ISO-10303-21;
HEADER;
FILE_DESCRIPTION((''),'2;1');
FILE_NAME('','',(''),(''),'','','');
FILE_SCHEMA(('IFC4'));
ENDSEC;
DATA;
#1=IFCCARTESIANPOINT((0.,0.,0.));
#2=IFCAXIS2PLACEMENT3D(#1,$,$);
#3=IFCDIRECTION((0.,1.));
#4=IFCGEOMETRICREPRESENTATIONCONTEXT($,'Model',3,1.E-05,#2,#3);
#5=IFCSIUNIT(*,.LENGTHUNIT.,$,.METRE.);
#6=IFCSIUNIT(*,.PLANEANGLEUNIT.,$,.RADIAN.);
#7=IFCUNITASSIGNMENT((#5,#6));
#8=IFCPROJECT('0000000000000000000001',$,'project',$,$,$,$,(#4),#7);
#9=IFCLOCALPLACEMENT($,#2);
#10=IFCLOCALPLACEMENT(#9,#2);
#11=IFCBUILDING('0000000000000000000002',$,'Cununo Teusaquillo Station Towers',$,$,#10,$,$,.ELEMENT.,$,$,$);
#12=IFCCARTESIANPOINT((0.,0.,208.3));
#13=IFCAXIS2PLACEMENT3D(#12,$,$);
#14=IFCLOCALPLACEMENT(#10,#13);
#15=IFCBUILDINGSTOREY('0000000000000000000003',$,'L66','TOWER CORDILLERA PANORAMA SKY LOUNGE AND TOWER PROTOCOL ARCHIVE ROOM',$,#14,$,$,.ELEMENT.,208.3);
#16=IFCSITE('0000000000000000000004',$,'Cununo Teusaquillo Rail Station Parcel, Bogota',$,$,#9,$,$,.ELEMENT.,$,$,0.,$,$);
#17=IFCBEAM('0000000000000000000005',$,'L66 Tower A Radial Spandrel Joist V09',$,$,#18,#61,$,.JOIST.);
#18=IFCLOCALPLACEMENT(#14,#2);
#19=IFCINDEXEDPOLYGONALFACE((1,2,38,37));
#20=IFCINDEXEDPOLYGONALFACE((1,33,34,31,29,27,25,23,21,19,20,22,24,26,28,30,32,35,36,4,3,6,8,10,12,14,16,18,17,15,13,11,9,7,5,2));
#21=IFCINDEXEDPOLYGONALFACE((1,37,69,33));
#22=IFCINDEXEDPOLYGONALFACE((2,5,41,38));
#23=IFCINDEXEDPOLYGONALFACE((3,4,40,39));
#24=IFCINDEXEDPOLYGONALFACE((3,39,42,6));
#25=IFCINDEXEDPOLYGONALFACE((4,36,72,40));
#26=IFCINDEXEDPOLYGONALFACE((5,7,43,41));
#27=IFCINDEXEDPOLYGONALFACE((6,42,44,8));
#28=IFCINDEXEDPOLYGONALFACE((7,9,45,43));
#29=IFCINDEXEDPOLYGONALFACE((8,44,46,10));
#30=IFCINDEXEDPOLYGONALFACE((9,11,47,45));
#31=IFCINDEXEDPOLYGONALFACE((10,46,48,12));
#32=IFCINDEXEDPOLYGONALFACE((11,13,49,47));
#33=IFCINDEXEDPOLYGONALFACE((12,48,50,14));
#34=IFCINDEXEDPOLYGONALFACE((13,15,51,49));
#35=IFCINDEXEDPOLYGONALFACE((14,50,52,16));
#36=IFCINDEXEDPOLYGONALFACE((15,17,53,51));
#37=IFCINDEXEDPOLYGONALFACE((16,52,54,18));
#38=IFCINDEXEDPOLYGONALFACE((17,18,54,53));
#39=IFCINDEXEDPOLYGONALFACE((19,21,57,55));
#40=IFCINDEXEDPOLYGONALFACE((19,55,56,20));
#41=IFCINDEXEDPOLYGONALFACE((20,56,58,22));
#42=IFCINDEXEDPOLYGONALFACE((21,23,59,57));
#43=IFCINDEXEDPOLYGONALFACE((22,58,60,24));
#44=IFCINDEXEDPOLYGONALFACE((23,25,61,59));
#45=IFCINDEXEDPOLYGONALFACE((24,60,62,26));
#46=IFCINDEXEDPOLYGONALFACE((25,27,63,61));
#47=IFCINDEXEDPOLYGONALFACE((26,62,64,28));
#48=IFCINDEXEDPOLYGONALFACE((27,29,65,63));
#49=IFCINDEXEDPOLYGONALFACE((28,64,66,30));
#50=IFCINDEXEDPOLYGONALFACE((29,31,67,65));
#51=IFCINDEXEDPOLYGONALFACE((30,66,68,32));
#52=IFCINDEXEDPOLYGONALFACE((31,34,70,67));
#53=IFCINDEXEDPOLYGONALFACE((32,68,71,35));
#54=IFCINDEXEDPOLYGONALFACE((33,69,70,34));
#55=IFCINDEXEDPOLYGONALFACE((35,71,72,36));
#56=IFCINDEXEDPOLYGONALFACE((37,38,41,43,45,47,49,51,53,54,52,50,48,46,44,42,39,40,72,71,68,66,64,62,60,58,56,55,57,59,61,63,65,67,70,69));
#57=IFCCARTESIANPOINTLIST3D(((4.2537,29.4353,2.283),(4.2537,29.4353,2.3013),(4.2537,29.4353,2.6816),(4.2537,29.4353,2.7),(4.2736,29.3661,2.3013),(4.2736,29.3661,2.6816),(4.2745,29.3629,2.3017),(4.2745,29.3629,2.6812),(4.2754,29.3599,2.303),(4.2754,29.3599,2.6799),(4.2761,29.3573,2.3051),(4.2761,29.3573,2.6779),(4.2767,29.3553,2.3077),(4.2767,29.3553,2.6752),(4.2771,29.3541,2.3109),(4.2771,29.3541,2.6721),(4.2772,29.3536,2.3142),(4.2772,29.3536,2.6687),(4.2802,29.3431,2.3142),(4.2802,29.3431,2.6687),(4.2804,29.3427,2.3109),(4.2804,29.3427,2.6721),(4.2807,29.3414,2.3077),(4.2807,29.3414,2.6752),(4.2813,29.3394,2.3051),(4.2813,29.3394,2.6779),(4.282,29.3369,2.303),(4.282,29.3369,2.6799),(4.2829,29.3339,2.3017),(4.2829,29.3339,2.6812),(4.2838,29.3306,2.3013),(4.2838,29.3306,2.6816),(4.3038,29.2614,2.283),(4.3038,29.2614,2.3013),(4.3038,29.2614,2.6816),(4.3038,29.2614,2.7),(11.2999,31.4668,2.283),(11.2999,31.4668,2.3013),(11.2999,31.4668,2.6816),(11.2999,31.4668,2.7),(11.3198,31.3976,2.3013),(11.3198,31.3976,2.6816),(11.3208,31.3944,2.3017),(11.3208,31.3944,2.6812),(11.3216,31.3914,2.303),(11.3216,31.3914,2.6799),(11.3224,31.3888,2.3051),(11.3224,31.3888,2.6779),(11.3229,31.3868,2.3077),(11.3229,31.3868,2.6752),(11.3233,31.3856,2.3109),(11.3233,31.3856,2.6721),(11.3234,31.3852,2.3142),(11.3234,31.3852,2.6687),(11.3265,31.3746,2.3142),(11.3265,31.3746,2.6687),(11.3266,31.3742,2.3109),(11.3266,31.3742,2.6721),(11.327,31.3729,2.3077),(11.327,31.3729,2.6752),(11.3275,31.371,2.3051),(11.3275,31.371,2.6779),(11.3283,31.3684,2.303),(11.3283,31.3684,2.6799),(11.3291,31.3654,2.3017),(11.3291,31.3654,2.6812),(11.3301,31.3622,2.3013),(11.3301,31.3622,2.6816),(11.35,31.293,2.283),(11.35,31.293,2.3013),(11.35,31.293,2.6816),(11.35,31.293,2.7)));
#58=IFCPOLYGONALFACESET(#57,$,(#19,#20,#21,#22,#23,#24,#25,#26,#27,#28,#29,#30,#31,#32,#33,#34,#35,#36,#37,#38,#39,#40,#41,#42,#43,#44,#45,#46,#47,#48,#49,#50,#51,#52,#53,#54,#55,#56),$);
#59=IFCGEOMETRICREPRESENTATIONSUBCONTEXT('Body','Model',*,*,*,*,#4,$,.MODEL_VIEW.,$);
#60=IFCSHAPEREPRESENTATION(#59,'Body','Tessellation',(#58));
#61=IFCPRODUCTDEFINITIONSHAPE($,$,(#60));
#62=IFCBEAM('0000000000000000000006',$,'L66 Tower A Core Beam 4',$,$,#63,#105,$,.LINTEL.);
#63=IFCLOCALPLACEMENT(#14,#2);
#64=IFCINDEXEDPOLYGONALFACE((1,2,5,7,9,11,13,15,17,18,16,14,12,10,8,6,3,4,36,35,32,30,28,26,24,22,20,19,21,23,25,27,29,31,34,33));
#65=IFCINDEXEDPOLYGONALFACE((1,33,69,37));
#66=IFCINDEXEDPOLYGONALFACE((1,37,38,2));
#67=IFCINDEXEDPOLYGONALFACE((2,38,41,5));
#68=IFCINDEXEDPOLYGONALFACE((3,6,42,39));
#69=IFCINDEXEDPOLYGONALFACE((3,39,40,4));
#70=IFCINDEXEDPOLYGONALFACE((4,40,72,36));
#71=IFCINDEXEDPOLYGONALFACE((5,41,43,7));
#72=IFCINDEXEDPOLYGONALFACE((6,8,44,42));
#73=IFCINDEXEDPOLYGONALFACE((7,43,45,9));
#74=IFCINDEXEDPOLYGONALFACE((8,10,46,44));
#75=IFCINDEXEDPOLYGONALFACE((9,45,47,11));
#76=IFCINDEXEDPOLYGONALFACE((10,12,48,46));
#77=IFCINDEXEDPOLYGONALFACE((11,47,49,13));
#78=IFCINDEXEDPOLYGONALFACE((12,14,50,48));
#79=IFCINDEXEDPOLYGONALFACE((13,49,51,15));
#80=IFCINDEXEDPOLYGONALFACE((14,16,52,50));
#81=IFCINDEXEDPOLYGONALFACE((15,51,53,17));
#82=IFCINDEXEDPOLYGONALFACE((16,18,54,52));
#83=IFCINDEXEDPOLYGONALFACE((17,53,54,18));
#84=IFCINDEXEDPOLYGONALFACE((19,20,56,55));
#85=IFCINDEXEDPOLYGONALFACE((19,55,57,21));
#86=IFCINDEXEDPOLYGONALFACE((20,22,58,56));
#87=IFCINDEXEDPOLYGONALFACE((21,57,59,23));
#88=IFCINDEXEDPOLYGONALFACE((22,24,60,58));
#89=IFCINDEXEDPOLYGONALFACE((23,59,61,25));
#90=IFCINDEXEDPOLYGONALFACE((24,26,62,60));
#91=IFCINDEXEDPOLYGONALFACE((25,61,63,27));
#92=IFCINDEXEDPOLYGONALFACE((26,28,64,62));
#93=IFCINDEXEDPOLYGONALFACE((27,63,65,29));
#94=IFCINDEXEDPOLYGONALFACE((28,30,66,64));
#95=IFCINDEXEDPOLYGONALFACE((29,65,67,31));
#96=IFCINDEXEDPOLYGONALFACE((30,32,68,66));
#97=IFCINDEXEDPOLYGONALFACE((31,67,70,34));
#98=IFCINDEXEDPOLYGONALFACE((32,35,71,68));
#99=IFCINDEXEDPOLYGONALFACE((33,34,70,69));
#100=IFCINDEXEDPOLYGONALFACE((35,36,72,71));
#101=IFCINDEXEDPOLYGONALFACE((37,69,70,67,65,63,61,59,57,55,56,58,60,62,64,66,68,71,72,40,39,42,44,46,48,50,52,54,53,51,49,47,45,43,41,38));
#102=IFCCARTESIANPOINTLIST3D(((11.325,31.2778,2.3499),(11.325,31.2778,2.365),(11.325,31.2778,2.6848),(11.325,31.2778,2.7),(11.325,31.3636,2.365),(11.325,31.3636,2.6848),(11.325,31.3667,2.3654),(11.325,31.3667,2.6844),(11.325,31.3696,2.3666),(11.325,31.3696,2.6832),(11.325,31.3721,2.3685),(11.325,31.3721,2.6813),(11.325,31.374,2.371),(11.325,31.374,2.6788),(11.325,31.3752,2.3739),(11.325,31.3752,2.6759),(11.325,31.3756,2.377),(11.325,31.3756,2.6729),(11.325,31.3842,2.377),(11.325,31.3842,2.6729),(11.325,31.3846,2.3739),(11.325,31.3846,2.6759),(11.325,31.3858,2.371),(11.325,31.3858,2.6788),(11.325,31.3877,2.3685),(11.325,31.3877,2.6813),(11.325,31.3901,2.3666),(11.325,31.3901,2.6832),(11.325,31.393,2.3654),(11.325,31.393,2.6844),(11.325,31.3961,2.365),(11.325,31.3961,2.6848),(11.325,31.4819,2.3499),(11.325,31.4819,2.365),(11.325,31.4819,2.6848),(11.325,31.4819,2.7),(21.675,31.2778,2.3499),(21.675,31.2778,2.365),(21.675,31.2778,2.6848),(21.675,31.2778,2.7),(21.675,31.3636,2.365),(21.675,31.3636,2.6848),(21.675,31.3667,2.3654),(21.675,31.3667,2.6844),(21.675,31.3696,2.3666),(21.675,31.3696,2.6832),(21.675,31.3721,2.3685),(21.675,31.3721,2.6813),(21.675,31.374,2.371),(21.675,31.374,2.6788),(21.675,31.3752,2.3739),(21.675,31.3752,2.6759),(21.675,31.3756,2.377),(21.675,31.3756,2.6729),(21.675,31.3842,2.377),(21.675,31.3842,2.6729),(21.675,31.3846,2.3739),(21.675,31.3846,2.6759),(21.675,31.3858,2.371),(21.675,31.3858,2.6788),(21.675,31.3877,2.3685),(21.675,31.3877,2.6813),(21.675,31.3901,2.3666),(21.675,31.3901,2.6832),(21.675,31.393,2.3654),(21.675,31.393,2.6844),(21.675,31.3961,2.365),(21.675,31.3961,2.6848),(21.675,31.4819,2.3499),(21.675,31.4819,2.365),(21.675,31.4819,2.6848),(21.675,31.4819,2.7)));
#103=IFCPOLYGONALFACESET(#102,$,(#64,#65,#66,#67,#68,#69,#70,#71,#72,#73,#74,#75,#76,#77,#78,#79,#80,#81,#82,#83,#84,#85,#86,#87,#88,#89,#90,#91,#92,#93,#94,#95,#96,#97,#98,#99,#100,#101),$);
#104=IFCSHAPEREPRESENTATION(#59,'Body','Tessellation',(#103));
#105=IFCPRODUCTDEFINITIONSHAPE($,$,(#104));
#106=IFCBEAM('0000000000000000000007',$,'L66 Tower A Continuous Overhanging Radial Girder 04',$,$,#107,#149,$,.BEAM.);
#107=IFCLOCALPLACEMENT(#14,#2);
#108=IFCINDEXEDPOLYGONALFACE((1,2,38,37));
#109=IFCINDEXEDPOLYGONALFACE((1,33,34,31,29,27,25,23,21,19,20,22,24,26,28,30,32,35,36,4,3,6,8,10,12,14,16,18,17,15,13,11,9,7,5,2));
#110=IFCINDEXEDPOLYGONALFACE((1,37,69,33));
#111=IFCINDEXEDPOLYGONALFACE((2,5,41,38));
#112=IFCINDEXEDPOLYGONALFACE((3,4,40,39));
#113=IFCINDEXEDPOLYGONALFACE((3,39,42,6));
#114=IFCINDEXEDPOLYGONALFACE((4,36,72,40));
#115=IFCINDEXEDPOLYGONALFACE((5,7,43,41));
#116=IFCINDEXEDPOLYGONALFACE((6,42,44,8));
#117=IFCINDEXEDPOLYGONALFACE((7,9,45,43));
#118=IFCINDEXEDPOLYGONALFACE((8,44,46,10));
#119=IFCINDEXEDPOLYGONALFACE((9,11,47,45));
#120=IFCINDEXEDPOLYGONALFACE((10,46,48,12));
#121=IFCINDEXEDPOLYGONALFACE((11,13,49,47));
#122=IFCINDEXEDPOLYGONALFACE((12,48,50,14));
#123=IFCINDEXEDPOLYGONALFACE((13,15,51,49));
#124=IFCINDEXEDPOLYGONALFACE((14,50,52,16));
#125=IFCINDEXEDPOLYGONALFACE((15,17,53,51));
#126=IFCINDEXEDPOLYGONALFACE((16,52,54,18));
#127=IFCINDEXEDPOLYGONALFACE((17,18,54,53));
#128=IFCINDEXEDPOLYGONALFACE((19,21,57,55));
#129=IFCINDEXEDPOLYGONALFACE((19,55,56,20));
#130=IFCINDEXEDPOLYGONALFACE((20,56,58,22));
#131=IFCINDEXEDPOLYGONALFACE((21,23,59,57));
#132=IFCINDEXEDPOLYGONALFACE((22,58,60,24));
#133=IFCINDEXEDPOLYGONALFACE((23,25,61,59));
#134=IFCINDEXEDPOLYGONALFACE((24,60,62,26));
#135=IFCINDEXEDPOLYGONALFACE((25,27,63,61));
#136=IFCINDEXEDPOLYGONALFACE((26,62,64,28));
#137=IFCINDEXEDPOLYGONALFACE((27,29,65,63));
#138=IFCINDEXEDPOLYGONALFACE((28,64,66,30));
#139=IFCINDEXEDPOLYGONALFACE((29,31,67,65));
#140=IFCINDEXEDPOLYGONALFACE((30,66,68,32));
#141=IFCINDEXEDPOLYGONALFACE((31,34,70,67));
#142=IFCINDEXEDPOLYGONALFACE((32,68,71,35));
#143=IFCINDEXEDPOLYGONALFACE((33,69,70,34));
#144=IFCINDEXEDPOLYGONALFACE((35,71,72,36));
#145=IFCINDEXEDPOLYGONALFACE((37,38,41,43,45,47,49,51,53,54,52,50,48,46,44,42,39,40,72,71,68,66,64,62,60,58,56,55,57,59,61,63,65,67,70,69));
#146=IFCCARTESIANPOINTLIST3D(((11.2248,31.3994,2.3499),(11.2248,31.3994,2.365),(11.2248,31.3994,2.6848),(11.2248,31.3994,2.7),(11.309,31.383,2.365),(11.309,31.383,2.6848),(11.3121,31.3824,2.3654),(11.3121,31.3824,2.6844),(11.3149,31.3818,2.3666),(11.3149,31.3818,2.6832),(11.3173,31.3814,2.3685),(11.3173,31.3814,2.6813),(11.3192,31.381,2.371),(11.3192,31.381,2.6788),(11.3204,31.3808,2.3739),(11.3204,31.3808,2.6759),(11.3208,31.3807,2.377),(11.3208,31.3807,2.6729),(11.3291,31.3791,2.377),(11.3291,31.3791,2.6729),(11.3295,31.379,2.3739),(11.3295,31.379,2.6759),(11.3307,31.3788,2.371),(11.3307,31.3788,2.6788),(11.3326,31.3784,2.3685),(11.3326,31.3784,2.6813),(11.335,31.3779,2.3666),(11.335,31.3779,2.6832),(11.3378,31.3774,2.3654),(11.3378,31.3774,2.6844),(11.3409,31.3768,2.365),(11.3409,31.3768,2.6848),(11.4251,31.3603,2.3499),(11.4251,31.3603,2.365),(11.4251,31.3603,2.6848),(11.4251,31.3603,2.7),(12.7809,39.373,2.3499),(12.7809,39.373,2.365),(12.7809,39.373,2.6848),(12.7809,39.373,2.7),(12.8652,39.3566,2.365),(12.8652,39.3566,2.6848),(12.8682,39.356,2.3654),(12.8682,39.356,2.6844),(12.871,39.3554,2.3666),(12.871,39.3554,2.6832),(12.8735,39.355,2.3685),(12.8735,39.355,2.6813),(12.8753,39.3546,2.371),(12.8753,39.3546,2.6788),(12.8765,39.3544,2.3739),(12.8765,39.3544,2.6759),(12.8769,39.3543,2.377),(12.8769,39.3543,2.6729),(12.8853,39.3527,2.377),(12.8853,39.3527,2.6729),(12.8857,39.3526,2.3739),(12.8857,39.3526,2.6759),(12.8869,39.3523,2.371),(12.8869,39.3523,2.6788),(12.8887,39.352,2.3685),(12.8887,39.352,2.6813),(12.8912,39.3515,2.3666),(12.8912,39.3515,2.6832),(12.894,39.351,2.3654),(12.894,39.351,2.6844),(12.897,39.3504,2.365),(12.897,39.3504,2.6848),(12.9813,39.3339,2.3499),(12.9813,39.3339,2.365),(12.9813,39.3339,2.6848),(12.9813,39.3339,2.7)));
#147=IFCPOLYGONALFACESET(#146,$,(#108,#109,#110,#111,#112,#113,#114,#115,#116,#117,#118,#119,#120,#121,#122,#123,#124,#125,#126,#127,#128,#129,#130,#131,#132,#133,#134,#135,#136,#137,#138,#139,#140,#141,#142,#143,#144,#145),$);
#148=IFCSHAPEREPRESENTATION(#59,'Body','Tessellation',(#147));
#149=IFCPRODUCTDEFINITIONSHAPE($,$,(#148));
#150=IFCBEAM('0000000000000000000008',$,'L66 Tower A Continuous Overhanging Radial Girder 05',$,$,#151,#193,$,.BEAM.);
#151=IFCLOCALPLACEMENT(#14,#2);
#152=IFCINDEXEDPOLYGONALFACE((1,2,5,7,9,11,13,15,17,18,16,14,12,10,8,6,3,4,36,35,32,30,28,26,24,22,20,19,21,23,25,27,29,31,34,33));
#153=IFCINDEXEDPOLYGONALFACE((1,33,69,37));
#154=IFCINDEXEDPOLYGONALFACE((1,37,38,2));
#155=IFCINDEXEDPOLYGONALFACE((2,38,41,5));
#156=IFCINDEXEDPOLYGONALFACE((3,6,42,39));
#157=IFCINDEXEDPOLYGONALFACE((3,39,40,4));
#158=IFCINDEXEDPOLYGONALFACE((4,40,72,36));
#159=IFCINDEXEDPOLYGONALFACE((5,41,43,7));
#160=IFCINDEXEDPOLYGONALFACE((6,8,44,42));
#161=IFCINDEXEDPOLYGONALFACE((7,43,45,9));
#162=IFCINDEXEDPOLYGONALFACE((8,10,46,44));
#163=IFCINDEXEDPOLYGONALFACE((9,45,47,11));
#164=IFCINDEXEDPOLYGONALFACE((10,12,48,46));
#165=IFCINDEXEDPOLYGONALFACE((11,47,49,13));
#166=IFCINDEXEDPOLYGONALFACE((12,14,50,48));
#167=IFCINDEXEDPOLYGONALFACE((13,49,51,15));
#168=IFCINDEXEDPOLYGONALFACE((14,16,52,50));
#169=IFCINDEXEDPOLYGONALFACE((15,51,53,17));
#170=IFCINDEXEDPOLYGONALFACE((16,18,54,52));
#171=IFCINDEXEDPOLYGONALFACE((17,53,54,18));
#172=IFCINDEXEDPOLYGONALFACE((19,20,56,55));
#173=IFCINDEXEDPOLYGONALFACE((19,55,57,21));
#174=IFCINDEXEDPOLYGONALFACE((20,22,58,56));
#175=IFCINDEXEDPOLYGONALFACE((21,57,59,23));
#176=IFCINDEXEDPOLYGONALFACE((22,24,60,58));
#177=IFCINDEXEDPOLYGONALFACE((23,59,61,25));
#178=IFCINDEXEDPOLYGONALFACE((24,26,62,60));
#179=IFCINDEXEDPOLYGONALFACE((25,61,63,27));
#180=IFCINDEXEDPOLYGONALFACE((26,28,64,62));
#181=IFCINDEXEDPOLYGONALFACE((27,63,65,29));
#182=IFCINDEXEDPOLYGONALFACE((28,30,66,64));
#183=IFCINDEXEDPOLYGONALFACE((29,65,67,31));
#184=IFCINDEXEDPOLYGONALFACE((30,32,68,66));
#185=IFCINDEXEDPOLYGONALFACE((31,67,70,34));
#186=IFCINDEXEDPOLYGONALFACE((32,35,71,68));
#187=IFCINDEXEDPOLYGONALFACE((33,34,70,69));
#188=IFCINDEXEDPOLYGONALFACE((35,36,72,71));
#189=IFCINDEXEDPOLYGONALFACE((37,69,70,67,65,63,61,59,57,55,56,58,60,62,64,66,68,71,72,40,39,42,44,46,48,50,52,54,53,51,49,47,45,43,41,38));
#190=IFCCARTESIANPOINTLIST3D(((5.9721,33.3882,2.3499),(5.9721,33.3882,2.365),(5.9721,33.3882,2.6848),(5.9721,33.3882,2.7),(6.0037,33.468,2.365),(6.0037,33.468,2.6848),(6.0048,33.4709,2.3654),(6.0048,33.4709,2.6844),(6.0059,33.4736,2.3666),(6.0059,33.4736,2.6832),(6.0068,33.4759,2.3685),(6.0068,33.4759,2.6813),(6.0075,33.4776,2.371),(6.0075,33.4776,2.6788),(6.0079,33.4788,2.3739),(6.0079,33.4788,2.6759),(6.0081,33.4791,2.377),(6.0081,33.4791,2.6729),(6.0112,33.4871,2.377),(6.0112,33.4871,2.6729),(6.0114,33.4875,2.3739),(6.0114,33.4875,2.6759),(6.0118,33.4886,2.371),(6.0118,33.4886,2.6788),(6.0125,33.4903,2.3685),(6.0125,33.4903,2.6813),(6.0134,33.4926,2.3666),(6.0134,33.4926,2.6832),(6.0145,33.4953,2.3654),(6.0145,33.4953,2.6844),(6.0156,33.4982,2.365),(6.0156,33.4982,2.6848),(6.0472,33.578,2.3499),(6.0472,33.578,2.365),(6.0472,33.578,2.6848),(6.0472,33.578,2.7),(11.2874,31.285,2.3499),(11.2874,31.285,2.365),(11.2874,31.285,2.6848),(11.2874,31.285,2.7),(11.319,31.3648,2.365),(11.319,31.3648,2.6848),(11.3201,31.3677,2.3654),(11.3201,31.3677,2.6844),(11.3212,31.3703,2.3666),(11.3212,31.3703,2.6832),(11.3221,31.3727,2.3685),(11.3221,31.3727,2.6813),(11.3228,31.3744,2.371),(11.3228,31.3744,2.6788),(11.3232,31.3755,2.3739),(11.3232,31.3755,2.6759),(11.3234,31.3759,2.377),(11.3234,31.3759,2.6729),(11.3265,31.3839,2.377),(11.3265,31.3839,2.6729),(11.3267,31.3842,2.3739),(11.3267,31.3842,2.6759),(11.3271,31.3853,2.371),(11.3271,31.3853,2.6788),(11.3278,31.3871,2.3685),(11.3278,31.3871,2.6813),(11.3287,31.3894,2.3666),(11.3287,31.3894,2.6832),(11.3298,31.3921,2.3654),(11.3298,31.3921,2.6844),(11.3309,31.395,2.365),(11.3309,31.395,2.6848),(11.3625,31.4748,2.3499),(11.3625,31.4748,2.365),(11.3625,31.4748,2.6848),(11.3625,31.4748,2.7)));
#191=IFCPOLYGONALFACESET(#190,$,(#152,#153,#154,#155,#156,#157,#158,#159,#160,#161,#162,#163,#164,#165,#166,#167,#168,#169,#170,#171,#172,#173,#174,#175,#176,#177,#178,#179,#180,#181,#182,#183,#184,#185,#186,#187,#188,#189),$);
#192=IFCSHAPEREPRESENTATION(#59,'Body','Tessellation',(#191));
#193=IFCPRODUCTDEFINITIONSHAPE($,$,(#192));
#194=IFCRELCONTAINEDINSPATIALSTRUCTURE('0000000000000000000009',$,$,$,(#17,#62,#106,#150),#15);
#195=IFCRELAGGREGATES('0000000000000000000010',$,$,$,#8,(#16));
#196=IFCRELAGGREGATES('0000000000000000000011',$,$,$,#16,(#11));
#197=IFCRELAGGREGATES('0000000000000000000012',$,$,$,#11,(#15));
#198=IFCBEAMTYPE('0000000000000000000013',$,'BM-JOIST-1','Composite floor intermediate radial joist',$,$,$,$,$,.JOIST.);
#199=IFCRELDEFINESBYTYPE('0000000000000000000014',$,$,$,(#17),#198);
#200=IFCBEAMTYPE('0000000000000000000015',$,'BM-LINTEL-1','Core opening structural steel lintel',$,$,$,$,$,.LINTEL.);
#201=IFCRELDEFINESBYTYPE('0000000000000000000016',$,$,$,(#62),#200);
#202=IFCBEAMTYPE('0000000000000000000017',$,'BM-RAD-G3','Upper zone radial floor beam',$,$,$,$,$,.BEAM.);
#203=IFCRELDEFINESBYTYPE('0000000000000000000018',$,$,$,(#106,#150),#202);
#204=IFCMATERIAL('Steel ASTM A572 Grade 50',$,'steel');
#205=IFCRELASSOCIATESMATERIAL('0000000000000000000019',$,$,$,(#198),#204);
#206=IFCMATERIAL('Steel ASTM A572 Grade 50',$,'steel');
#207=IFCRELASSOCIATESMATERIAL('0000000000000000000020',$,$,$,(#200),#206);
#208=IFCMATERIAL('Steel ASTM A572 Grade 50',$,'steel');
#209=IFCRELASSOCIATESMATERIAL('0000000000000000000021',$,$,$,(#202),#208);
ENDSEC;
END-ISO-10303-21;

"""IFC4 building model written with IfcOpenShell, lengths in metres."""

from ifc_helpers import new_model, si_unit, direction, frame, origin, origin_2d, place, context, subcontext, project, spatial, i_section, extrude, material, material_profile, profile_set, type_object, element, save


model = new_model("IFC4")

# Units and contexts
model_context = context("Model", 3, precision=1e-05, world=origin(), true_north=direction((0.0, 1.0)))
body_context = subcontext(model_context, "Body", "Model", "MODEL_VIEW")
ifc_project = project(units=[si_unit("LENGTHUNIT", "METRE"), si_unit("PLANEANGLEUNIT", "RADIAN")], contexts=[model_context])

# Site, building, storey
site_placement = place(None, origin())
site = spatial("IfcSite", under=ifc_project, at=site_placement, Name="Cununo Teusaquillo Rail Station Parcel, Bogota", CompositionType="ELEMENT", RefElevation=0.0)
building_placement = place(site_placement, origin())
building = spatial("IfcBuilding", under=site, at=building_placement, Name="Cununo Teusaquillo Station Towers", CompositionType="ELEMENT")
storey_placement = place(building_placement, frame((0.0, 0.0, 208.3)))
storey = spatial("IfcBuildingStorey", under=building, at=storey_placement, Name="L66", Description="TOWER CORDILLERA PANORAMA SKY LOUNGE AND TOWER PROTOCOL ARCHIVE ROOM", CompositionType="ELEMENT", Elevation=208.3)

# Beams
ifc_material_1 = material(Name="Steel ASTM A572 Grade 50", Category="steel")
ifc_material_profile_1 = material_profile(ifc_material_1, i_section(OverallWidth=0.1809, OverallDepth=0.417, WebThickness=0.011, FlangeThickness=0.0183, FilletRadius=0.0129, at=origin_2d()), Name="W16X57")
ifc_profile_set_1 = profile_set([ifc_material_profile_1], Name="Steel ASTM A572 Grade 50")
beam_type_1 = type_object("IfcBeamType", Name="BM-JOIST-1", Description="Composite floor intermediate radial joist", PredefinedType="JOIST", material=ifc_profile_set_1)
beam_1_placement = place(storey_placement, frame((11.325, 31.3799, 2.4915), z_axis=(-0.960862, -0.277029, 0.0), x_axis=(0.277029, -0.960862, 0.0)))
element("IfcBeam", 1, at=beam_1_placement, inside=storey, type_object=beam_type_1, Name="L66 Tower A Radial Spandrel Joist V09", PredefinedType="JOIST", context=body_context, shape_type="SweptSolid", body=[
    extrude(i_section(OverallWidth=0.1809, OverallDepth=0.417, WebThickness=0.011, FlangeThickness=0.0183, FilletRadius=0.0129, at=origin_2d()), origin(), (0.0, 0.0, 1.0), 7.3333),
])
ifc_material_2 = material(Name="Steel ASTM A572 Grade 50", Category="steel")
ifc_material_profile_2 = material_profile(ifc_material_2, i_section(OverallWidth=0.2041, OverallDepth=0.3501, WebThickness=0.0085, FlangeThickness=0.0151, FilletRadius=0.012, at=origin_2d()), Name="W14X48")
ifc_profile_set_2 = profile_set([ifc_material_profile_2], Name="Steel ASTM A572 Grade 50")
beam_type_2 = type_object("IfcBeamType", Name="BM-LINTEL-1", Description="Core opening structural steel lintel", PredefinedType="LINTEL", material=ifc_profile_set_2)
beam_2_placement = place(storey_placement, frame((11.325, 31.3799, 2.5249), z_axis=(1.0, 0.0, 0.0), x_axis=(0.0, 1.0, 0.0)))
element("IfcBeam", 2, at=beam_2_placement, inside=storey, type_object=beam_type_2, Name="L66 Tower A Core Beam 4", PredefinedType="LINTEL", context=body_context, shape_type="SweptSolid", body=[
    extrude(i_section(OverallWidth=0.2041, OverallDepth=0.3501, WebThickness=0.0085, FlangeThickness=0.0151, FilletRadius=0.012, at=origin_2d()), origin(), (0.0, 0.0, 1.0), 10.3501),
])
ifc_material_3 = material(Name="Steel ASTM A572 Grade 50", Category="steel")
ifc_material_profile_3 = material_profile(ifc_material_3, i_section(OverallWidth=0.2041, OverallDepth=0.3501, WebThickness=0.0085, FlangeThickness=0.0151, FilletRadius=0.012, at=origin_2d()), Name="W14X48")
ifc_profile_set_3 = profile_set([ifc_material_profile_3], Name="Steel ASTM A572 Grade 50")
beam_type_3 = type_object("IfcBeamType", Name="BM-RAD-G3", Description="Upper zone radial floor beam", PredefinedType="BEAM", material=ifc_profile_set_3)
beam_3_placement = place(storey_placement, frame((11.325, 31.3799, 2.5249), z_axis=(0.191548, 0.981483, 0.0), x_axis=(-0.981483, 0.191548, 0.0)))
element("IfcBeam", 3, at=beam_3_placement, inside=storey, type_object=beam_type_3, Name="L66 Tower A Continuous Overhanging Radial Girder 04", PredefinedType="BEAM", context=body_context, shape_type="SweptSolid", body=[
    extrude(i_section(OverallWidth=0.2041, OverallDepth=0.3501, WebThickness=0.0085, FlangeThickness=0.0151, FilletRadius=0.012, at=origin_2d()), origin(), (0.0, 0.0, 1.0), 8.124),
])
beam_4_placement = place(storey_placement, frame((11.325, 31.3799, 2.5249), z_axis=(-0.929852, 0.367935, 0.0), x_axis=(-0.367935, -0.929852, 0.0)))
element("IfcBeam", 4, at=beam_4_placement, inside=storey, type_object=beam_type_3, Name="L66 Tower A Continuous Overhanging Radial Girder 05", PredefinedType="BEAM", context=body_context, shape_type="SweptSolid", body=[
    extrude(i_section(OverallWidth=0.2041, OverallDepth=0.3501, WebThickness=0.0085, FlangeThickness=0.0151, FilletRadius=0.012, at=origin_2d()), origin(), (0.0, 0.0, 1.0), 5.7163),
])

save(model, "model.ifc")
